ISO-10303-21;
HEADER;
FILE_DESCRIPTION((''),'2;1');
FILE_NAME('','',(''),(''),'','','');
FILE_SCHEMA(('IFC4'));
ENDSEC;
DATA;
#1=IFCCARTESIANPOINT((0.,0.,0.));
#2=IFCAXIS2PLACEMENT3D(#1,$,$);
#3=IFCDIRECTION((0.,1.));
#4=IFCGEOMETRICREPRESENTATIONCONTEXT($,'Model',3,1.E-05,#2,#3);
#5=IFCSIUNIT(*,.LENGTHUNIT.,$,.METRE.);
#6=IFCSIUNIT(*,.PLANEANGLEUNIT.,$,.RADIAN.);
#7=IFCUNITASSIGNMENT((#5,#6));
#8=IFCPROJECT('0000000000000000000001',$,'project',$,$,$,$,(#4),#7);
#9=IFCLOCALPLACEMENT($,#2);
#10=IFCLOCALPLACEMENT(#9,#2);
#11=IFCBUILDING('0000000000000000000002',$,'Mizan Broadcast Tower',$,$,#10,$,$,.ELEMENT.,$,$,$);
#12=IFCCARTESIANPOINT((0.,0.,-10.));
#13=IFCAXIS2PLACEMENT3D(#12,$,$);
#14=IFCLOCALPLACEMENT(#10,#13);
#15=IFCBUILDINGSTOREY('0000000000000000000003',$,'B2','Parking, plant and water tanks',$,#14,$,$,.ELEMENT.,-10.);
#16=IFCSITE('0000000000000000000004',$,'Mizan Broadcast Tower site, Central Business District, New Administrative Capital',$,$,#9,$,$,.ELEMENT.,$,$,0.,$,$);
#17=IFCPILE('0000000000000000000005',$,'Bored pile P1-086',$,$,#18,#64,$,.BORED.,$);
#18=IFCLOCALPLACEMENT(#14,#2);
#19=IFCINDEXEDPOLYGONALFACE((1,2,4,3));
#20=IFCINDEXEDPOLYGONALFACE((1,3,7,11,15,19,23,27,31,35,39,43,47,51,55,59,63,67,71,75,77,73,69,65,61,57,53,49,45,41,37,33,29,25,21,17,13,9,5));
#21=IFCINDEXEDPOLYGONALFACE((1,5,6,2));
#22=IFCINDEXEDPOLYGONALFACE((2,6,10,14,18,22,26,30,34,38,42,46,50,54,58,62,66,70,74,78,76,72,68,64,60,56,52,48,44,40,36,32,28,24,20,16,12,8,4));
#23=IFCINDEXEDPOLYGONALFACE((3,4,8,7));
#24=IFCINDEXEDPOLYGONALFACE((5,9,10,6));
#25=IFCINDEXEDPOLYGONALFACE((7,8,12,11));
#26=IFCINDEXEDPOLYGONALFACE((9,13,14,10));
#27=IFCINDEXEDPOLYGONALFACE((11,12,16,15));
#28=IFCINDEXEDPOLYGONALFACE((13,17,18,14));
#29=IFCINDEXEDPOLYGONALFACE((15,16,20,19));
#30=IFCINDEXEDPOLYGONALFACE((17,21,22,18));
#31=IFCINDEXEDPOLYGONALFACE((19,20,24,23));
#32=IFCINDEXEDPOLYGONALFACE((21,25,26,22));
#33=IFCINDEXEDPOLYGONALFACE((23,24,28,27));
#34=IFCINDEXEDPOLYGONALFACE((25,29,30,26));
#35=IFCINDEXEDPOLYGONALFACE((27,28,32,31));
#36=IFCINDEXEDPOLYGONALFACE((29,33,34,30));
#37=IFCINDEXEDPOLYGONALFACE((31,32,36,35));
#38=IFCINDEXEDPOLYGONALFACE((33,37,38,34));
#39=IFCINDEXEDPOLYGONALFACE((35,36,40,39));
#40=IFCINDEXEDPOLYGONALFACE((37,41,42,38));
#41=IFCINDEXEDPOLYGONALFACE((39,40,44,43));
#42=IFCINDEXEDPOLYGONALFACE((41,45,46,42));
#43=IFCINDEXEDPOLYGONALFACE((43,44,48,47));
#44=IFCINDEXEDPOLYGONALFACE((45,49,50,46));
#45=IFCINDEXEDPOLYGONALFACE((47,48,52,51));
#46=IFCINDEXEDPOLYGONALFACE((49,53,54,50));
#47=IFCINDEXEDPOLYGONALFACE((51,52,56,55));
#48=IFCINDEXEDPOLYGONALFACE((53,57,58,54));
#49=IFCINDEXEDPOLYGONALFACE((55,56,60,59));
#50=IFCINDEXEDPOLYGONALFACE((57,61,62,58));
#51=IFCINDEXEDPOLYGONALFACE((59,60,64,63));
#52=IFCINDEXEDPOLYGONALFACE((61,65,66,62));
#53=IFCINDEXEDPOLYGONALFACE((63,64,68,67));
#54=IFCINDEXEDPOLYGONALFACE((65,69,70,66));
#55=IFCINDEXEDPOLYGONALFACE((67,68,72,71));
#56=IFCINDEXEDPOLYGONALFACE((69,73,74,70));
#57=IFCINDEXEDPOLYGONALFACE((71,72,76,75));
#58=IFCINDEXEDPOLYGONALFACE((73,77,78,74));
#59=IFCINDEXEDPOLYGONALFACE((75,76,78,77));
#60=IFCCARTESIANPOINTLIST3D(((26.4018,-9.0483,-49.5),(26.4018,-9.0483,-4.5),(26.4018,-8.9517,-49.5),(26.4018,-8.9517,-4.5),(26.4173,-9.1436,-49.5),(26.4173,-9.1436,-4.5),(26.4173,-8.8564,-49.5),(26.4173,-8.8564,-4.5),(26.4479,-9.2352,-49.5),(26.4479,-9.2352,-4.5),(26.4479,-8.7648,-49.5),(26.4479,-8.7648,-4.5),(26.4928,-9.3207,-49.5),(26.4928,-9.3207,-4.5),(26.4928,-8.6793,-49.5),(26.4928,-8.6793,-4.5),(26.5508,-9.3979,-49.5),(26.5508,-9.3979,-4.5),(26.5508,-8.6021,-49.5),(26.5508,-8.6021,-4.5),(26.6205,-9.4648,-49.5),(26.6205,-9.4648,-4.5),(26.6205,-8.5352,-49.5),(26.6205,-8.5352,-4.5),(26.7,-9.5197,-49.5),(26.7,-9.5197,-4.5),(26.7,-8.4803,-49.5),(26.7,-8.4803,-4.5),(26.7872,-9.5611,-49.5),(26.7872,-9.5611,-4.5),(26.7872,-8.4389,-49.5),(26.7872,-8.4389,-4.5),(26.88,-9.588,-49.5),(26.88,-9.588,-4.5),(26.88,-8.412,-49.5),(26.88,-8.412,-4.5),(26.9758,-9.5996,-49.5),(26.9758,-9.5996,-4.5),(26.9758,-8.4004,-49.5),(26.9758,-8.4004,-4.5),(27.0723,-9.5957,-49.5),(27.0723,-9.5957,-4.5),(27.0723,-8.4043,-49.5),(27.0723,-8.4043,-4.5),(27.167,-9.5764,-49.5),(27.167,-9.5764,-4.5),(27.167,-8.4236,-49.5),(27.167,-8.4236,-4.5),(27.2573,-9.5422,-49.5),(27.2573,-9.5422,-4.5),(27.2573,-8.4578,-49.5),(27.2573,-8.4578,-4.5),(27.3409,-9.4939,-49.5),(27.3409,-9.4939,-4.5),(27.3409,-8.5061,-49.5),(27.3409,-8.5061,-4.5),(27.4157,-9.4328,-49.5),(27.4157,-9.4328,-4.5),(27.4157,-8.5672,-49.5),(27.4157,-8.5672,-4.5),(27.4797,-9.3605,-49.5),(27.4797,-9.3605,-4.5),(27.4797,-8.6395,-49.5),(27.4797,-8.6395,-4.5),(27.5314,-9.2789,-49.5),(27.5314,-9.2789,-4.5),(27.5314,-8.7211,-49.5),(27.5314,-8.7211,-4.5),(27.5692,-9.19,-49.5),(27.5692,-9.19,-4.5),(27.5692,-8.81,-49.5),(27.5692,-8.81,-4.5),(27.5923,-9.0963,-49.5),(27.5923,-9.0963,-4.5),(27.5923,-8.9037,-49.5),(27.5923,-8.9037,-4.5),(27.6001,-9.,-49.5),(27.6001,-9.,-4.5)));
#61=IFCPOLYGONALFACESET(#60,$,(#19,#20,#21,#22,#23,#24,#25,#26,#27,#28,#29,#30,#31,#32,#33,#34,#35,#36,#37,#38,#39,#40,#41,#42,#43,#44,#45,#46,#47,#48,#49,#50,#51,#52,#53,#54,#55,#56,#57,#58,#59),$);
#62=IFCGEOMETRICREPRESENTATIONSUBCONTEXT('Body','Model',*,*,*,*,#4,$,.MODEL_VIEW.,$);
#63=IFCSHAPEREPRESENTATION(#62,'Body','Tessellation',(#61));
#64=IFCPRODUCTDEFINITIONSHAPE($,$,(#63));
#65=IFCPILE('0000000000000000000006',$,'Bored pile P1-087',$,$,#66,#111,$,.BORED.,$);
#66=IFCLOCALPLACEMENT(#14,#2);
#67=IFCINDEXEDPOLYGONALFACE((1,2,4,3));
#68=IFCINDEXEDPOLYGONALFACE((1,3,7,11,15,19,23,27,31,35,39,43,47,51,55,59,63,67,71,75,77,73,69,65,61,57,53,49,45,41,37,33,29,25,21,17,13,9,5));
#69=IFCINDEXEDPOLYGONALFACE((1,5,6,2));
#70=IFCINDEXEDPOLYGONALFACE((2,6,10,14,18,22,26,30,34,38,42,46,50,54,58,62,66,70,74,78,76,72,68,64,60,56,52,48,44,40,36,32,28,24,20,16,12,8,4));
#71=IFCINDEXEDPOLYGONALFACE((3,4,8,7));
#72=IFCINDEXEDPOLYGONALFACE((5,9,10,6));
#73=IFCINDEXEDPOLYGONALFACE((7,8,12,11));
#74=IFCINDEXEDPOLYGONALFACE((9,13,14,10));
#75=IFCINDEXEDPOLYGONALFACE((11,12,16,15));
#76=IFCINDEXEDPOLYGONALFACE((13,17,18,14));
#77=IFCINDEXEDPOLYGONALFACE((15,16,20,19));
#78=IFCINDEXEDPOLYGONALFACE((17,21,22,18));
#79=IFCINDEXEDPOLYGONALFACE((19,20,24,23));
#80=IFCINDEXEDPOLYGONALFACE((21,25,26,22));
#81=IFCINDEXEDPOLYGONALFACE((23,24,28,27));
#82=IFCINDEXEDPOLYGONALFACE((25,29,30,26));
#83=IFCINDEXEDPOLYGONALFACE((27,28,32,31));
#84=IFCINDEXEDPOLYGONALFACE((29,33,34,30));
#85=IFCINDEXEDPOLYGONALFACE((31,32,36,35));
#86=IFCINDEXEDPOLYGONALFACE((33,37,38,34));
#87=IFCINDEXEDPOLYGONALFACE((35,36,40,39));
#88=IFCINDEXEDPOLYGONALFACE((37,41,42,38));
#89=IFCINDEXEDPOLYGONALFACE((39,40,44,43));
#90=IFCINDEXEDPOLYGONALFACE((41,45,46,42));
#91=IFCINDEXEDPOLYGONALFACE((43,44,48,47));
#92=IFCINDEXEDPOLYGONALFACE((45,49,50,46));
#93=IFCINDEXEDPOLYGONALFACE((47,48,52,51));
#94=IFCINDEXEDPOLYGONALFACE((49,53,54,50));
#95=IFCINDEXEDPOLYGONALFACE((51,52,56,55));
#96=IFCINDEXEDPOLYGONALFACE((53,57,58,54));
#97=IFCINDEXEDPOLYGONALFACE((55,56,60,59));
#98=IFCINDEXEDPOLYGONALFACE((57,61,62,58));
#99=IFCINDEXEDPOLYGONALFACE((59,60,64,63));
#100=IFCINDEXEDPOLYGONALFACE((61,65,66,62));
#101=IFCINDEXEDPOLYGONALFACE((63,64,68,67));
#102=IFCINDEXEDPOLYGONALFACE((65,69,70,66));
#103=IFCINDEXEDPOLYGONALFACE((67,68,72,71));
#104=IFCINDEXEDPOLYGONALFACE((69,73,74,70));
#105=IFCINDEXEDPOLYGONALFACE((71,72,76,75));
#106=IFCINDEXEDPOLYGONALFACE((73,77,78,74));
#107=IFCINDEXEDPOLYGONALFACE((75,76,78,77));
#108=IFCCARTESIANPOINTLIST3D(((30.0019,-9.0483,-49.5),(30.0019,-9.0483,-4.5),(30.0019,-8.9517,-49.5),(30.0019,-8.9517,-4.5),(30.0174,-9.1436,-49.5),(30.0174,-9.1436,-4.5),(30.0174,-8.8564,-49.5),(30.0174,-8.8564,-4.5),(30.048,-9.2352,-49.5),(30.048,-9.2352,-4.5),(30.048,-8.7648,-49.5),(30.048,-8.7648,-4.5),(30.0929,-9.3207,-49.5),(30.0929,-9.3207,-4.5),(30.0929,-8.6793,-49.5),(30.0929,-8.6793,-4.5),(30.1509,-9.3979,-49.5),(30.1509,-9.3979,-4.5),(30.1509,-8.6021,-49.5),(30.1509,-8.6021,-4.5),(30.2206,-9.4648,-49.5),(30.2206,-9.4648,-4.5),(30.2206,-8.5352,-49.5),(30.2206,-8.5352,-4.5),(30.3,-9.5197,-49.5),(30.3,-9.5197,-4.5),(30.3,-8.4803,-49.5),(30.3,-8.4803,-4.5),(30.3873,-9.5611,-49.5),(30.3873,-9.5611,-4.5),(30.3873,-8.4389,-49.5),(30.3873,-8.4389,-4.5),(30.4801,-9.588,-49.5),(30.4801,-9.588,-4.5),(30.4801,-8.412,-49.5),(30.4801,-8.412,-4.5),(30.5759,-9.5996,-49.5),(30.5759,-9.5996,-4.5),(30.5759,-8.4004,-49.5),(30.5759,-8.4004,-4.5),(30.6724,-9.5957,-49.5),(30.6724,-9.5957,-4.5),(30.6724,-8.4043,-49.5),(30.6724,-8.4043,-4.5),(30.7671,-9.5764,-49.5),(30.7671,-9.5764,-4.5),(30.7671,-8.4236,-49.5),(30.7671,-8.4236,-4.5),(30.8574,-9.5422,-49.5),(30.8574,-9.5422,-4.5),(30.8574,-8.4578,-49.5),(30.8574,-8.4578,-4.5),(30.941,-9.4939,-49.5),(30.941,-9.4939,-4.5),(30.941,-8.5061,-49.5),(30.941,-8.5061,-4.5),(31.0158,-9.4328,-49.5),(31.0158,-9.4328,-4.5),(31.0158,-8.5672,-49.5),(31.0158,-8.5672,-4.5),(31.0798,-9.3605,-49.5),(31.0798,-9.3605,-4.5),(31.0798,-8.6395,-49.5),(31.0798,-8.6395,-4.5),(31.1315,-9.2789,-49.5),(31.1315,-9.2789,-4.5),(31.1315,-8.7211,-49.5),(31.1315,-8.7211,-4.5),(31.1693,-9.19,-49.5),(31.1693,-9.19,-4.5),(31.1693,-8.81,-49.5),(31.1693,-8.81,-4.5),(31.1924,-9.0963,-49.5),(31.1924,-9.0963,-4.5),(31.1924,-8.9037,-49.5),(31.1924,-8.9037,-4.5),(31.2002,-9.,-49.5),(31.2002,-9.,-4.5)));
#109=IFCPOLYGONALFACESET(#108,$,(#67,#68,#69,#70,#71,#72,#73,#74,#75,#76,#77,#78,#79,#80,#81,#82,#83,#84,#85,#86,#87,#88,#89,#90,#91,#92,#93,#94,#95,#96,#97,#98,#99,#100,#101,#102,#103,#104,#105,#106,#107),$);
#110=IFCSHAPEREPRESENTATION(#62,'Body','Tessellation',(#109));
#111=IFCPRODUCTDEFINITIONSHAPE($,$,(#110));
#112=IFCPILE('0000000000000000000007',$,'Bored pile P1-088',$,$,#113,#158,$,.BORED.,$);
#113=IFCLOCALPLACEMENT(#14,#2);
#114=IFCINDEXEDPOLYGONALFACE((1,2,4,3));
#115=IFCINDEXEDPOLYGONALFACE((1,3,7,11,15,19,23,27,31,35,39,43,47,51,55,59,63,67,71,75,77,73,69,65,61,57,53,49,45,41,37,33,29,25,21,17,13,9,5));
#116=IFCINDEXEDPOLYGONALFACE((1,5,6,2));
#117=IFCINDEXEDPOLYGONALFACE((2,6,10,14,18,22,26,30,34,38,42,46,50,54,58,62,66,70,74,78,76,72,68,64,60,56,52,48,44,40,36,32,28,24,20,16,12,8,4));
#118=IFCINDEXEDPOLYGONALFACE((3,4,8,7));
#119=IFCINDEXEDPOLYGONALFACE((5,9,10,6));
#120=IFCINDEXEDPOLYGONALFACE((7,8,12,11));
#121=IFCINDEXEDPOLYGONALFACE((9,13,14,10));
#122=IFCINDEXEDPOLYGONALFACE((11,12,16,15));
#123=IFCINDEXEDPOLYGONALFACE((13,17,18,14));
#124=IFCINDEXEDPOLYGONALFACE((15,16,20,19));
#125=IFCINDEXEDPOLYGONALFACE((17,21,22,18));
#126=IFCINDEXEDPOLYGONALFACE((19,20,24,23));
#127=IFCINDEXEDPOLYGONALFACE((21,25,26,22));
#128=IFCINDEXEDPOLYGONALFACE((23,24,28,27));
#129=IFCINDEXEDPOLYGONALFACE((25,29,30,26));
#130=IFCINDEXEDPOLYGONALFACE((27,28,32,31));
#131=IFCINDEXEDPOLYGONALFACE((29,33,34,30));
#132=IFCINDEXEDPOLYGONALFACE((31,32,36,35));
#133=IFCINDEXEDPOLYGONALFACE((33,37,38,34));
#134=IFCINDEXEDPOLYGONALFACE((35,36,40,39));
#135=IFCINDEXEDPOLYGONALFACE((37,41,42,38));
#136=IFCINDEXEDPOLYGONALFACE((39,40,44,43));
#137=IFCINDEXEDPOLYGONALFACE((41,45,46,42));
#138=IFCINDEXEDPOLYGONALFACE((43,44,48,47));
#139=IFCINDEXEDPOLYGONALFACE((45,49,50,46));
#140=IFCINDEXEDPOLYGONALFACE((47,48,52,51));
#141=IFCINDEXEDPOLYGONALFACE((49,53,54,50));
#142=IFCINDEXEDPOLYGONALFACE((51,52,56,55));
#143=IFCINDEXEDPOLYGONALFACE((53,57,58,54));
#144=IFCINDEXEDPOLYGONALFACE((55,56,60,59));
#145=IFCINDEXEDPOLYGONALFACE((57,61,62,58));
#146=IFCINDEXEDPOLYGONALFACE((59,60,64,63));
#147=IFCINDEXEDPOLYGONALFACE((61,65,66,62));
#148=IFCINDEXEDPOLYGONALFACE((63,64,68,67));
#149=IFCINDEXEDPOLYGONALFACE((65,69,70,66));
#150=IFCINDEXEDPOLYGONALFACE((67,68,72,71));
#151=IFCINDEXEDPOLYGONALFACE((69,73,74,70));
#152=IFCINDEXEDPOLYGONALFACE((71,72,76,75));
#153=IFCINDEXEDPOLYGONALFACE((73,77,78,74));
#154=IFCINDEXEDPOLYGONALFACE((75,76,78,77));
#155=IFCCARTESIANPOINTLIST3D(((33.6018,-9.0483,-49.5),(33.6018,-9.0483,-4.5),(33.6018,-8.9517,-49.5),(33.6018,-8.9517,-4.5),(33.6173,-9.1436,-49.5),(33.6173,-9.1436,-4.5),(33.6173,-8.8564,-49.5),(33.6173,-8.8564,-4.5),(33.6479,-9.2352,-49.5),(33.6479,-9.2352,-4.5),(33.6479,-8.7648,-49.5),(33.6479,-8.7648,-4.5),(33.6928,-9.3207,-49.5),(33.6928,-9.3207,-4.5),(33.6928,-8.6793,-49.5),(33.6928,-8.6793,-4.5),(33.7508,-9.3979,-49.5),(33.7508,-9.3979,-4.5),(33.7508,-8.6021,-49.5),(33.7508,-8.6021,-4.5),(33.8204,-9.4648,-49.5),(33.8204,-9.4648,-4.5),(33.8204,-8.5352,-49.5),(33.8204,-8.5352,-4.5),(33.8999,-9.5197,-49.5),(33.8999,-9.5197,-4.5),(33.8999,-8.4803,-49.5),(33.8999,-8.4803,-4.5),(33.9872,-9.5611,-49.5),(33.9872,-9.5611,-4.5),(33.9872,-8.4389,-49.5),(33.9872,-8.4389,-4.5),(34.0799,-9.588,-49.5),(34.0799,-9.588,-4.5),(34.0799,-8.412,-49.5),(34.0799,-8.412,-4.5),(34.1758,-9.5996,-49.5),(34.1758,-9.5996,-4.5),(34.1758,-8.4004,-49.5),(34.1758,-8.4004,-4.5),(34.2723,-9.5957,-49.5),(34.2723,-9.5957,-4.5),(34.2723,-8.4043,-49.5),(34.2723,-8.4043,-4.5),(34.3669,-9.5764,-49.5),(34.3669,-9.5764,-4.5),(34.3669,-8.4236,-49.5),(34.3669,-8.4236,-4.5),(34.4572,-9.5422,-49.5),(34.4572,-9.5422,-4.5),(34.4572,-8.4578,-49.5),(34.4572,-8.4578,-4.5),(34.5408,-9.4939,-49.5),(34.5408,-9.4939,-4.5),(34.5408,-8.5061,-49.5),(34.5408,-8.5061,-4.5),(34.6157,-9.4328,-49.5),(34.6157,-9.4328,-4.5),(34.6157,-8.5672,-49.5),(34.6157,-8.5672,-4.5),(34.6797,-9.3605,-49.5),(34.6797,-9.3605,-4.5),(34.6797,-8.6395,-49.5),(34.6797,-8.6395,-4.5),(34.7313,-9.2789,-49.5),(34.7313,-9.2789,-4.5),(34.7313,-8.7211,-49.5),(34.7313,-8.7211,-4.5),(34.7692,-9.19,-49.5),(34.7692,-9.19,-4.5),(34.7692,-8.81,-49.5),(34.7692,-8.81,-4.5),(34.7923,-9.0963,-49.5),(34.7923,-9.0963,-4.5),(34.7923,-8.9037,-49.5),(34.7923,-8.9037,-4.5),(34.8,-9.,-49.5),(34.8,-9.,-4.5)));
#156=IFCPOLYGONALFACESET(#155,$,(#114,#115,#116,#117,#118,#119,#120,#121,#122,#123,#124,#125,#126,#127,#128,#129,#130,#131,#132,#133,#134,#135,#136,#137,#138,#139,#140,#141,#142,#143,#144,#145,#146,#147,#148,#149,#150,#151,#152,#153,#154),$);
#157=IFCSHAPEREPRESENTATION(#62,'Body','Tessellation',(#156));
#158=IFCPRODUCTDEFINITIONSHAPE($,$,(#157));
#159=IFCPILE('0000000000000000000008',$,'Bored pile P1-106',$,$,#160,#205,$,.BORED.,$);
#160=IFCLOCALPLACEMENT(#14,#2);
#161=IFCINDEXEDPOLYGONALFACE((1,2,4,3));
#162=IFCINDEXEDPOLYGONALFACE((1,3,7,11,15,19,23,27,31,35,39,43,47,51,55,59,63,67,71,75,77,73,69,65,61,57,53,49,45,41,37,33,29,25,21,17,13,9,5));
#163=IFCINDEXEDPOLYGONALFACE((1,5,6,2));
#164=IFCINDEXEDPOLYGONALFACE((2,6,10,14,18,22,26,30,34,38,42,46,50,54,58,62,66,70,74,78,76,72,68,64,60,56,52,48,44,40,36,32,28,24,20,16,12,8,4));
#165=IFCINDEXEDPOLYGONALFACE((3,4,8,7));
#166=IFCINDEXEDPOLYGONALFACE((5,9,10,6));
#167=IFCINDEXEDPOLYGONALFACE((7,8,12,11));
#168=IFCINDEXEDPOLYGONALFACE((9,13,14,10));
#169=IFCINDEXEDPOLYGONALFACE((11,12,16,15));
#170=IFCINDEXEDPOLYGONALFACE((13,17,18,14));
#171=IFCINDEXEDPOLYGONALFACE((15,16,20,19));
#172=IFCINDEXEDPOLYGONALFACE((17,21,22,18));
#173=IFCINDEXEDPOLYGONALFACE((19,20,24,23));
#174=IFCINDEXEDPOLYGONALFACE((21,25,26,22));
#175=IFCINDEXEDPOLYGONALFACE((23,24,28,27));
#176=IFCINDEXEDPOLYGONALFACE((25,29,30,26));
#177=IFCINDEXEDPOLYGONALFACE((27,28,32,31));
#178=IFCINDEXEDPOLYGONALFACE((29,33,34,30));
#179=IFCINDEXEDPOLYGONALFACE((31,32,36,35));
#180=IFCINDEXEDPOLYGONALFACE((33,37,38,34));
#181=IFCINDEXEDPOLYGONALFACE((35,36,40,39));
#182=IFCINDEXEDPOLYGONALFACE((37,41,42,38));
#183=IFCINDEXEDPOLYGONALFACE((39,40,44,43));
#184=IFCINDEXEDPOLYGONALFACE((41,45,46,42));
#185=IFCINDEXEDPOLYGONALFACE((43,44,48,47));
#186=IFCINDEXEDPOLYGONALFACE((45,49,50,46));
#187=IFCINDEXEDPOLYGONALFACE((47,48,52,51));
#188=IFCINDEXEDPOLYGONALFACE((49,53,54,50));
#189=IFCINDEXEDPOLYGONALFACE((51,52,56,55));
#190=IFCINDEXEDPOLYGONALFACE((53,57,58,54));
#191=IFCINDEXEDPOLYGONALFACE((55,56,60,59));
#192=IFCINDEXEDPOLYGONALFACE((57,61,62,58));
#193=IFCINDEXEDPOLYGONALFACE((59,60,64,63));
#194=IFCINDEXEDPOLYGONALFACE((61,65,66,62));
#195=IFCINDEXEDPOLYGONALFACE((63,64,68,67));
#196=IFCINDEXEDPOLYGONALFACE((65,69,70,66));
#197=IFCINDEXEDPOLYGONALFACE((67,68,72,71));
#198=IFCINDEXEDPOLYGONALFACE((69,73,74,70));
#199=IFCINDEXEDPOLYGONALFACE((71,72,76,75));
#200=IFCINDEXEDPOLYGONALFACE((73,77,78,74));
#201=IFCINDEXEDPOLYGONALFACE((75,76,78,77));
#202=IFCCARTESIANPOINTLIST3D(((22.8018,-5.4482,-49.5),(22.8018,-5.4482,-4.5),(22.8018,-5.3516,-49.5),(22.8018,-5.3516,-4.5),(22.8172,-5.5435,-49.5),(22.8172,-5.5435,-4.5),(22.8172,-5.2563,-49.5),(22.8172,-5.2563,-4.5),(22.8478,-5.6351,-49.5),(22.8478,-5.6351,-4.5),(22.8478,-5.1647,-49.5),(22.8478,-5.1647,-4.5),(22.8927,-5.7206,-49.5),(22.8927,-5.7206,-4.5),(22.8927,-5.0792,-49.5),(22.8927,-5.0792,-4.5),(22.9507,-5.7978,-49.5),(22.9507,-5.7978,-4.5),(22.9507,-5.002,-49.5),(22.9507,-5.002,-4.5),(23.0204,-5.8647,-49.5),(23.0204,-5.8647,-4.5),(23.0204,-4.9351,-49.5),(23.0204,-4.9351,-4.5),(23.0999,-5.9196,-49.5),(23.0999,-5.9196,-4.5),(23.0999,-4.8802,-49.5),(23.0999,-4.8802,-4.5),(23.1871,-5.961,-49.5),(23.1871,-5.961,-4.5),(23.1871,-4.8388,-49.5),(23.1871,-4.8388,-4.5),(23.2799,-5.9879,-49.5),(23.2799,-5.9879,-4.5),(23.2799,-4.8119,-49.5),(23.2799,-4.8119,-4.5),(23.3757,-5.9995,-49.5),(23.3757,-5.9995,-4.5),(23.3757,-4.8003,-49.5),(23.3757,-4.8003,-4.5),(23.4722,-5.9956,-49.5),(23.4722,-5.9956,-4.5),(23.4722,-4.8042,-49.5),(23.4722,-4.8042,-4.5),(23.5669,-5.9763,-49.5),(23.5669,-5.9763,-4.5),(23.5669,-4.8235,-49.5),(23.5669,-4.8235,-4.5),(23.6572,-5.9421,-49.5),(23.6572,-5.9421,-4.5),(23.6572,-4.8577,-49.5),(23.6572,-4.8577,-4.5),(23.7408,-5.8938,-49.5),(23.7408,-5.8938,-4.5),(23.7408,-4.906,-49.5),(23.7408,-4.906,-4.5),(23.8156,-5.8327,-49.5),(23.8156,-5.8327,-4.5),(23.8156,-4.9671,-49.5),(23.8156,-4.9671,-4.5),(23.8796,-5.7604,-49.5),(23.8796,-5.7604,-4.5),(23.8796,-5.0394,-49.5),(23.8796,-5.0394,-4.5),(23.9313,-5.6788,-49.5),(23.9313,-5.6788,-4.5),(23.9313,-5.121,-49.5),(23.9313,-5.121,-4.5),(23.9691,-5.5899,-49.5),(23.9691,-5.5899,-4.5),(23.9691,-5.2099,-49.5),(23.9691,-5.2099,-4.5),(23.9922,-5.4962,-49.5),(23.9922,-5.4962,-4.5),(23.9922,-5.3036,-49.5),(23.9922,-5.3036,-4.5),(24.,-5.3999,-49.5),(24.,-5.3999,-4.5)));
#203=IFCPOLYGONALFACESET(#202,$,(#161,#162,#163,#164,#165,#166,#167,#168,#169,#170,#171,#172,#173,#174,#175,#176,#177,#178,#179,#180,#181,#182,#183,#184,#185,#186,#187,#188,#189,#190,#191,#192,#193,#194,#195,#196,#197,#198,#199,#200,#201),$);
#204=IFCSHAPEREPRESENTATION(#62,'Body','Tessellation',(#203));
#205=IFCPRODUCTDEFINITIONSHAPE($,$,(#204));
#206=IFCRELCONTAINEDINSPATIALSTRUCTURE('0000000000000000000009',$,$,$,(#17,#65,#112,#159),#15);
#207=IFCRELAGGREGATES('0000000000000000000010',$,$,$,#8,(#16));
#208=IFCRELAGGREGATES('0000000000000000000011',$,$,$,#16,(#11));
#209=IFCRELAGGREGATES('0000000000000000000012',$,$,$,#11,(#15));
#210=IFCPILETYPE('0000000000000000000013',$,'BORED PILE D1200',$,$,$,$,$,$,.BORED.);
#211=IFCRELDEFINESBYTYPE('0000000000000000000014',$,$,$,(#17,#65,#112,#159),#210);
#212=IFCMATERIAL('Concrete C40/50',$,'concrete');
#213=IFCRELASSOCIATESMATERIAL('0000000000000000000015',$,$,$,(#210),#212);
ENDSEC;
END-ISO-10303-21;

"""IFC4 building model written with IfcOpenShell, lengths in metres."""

from ifc_helpers import new_model, si_unit, direction, frame, origin, origin_2d, place, context, subcontext, project, spatial, circle, extrude, material, material_profile, profile_set, type_object, element, save


model = new_model("IFC4")

# Units and contexts
model_context = context("Model", 3, precision=1e-05, world=origin(), true_north=direction((0.0, 1.0)))
body_context = subcontext(model_context, "Body", "Model", "MODEL_VIEW")
ifc_project = project(units=[si_unit("LENGTHUNIT", "METRE"), si_unit("PLANEANGLEUNIT", "RADIAN")], contexts=[model_context])

# Site, building, storey
site_placement = place(None, origin())
site = spatial("IfcSite", under=ifc_project, at=site_placement, Name="Mizan Broadcast Tower site, Central Business District, New Administrative Capital", CompositionType="ELEMENT", RefElevation=0.0)
building_placement = place(site_placement, origin())
building = spatial("IfcBuilding", under=site, at=building_placement, Name="Mizan Broadcast Tower", CompositionType="ELEMENT")
storey_placement = place(building_placement, frame((0.0, 0.0, -10.0)))
storey = spatial("IfcBuildingStorey", under=building, at=storey_placement, Name="B2", Description="Parking, plant and water tanks", CompositionType="ELEMENT", Elevation=-10.0)

# Piles
ifc_material_1 = material(Name="Concrete C40/50", Category="concrete")
ifc_material_profile_1 = material_profile(ifc_material_1, circle(Radius=0.6001, at=origin_2d()), Name="D1200")
ifc_profile_set_1 = profile_set([ifc_material_profile_1], Name="Concrete C40/50")
pile_type_1 = type_object("IfcPileType", Name="BORED PILE D1200", PredefinedType="BORED", material=ifc_profile_set_1)
for number, where, z_axis, x_axis, name in (
    (1, (27.0, -9.0, -4.5), (0.0, 0.0, -1.0), (1.0, 0.0, 0.0), "Bored pile P1-086"),
    (2, (30.6001, -9.0, -4.5), (0.0, 0.0, -1.0), (1.0, 0.0, 0.0), "Bored pile P1-087"),
    (3, (34.2, -9.0, -4.5), (0.0, 0.0, -1.0), (1.0, 0.0, 0.0), "Bored pile P1-088"),
    (4, (23.3999, -5.3999, -4.5), (0.0, 0.0, -1.0), (1.0, 0.0, 0.0), "Bored pile P1-106"),
):
    element("IfcPile", number, at=place(storey_placement, frame(where, z_axis=z_axis, x_axis=x_axis)), inside=storey, type_object=pile_type_1, Name=name, PredefinedType="BORED", context=body_context, shape_type="SweptSolid", body=[
        extrude(circle(Radius=0.6001, at=origin_2d()), origin(), (0.0, 0.0, 1.0), 45.0),
    ])

save(model, "model.ifc")
